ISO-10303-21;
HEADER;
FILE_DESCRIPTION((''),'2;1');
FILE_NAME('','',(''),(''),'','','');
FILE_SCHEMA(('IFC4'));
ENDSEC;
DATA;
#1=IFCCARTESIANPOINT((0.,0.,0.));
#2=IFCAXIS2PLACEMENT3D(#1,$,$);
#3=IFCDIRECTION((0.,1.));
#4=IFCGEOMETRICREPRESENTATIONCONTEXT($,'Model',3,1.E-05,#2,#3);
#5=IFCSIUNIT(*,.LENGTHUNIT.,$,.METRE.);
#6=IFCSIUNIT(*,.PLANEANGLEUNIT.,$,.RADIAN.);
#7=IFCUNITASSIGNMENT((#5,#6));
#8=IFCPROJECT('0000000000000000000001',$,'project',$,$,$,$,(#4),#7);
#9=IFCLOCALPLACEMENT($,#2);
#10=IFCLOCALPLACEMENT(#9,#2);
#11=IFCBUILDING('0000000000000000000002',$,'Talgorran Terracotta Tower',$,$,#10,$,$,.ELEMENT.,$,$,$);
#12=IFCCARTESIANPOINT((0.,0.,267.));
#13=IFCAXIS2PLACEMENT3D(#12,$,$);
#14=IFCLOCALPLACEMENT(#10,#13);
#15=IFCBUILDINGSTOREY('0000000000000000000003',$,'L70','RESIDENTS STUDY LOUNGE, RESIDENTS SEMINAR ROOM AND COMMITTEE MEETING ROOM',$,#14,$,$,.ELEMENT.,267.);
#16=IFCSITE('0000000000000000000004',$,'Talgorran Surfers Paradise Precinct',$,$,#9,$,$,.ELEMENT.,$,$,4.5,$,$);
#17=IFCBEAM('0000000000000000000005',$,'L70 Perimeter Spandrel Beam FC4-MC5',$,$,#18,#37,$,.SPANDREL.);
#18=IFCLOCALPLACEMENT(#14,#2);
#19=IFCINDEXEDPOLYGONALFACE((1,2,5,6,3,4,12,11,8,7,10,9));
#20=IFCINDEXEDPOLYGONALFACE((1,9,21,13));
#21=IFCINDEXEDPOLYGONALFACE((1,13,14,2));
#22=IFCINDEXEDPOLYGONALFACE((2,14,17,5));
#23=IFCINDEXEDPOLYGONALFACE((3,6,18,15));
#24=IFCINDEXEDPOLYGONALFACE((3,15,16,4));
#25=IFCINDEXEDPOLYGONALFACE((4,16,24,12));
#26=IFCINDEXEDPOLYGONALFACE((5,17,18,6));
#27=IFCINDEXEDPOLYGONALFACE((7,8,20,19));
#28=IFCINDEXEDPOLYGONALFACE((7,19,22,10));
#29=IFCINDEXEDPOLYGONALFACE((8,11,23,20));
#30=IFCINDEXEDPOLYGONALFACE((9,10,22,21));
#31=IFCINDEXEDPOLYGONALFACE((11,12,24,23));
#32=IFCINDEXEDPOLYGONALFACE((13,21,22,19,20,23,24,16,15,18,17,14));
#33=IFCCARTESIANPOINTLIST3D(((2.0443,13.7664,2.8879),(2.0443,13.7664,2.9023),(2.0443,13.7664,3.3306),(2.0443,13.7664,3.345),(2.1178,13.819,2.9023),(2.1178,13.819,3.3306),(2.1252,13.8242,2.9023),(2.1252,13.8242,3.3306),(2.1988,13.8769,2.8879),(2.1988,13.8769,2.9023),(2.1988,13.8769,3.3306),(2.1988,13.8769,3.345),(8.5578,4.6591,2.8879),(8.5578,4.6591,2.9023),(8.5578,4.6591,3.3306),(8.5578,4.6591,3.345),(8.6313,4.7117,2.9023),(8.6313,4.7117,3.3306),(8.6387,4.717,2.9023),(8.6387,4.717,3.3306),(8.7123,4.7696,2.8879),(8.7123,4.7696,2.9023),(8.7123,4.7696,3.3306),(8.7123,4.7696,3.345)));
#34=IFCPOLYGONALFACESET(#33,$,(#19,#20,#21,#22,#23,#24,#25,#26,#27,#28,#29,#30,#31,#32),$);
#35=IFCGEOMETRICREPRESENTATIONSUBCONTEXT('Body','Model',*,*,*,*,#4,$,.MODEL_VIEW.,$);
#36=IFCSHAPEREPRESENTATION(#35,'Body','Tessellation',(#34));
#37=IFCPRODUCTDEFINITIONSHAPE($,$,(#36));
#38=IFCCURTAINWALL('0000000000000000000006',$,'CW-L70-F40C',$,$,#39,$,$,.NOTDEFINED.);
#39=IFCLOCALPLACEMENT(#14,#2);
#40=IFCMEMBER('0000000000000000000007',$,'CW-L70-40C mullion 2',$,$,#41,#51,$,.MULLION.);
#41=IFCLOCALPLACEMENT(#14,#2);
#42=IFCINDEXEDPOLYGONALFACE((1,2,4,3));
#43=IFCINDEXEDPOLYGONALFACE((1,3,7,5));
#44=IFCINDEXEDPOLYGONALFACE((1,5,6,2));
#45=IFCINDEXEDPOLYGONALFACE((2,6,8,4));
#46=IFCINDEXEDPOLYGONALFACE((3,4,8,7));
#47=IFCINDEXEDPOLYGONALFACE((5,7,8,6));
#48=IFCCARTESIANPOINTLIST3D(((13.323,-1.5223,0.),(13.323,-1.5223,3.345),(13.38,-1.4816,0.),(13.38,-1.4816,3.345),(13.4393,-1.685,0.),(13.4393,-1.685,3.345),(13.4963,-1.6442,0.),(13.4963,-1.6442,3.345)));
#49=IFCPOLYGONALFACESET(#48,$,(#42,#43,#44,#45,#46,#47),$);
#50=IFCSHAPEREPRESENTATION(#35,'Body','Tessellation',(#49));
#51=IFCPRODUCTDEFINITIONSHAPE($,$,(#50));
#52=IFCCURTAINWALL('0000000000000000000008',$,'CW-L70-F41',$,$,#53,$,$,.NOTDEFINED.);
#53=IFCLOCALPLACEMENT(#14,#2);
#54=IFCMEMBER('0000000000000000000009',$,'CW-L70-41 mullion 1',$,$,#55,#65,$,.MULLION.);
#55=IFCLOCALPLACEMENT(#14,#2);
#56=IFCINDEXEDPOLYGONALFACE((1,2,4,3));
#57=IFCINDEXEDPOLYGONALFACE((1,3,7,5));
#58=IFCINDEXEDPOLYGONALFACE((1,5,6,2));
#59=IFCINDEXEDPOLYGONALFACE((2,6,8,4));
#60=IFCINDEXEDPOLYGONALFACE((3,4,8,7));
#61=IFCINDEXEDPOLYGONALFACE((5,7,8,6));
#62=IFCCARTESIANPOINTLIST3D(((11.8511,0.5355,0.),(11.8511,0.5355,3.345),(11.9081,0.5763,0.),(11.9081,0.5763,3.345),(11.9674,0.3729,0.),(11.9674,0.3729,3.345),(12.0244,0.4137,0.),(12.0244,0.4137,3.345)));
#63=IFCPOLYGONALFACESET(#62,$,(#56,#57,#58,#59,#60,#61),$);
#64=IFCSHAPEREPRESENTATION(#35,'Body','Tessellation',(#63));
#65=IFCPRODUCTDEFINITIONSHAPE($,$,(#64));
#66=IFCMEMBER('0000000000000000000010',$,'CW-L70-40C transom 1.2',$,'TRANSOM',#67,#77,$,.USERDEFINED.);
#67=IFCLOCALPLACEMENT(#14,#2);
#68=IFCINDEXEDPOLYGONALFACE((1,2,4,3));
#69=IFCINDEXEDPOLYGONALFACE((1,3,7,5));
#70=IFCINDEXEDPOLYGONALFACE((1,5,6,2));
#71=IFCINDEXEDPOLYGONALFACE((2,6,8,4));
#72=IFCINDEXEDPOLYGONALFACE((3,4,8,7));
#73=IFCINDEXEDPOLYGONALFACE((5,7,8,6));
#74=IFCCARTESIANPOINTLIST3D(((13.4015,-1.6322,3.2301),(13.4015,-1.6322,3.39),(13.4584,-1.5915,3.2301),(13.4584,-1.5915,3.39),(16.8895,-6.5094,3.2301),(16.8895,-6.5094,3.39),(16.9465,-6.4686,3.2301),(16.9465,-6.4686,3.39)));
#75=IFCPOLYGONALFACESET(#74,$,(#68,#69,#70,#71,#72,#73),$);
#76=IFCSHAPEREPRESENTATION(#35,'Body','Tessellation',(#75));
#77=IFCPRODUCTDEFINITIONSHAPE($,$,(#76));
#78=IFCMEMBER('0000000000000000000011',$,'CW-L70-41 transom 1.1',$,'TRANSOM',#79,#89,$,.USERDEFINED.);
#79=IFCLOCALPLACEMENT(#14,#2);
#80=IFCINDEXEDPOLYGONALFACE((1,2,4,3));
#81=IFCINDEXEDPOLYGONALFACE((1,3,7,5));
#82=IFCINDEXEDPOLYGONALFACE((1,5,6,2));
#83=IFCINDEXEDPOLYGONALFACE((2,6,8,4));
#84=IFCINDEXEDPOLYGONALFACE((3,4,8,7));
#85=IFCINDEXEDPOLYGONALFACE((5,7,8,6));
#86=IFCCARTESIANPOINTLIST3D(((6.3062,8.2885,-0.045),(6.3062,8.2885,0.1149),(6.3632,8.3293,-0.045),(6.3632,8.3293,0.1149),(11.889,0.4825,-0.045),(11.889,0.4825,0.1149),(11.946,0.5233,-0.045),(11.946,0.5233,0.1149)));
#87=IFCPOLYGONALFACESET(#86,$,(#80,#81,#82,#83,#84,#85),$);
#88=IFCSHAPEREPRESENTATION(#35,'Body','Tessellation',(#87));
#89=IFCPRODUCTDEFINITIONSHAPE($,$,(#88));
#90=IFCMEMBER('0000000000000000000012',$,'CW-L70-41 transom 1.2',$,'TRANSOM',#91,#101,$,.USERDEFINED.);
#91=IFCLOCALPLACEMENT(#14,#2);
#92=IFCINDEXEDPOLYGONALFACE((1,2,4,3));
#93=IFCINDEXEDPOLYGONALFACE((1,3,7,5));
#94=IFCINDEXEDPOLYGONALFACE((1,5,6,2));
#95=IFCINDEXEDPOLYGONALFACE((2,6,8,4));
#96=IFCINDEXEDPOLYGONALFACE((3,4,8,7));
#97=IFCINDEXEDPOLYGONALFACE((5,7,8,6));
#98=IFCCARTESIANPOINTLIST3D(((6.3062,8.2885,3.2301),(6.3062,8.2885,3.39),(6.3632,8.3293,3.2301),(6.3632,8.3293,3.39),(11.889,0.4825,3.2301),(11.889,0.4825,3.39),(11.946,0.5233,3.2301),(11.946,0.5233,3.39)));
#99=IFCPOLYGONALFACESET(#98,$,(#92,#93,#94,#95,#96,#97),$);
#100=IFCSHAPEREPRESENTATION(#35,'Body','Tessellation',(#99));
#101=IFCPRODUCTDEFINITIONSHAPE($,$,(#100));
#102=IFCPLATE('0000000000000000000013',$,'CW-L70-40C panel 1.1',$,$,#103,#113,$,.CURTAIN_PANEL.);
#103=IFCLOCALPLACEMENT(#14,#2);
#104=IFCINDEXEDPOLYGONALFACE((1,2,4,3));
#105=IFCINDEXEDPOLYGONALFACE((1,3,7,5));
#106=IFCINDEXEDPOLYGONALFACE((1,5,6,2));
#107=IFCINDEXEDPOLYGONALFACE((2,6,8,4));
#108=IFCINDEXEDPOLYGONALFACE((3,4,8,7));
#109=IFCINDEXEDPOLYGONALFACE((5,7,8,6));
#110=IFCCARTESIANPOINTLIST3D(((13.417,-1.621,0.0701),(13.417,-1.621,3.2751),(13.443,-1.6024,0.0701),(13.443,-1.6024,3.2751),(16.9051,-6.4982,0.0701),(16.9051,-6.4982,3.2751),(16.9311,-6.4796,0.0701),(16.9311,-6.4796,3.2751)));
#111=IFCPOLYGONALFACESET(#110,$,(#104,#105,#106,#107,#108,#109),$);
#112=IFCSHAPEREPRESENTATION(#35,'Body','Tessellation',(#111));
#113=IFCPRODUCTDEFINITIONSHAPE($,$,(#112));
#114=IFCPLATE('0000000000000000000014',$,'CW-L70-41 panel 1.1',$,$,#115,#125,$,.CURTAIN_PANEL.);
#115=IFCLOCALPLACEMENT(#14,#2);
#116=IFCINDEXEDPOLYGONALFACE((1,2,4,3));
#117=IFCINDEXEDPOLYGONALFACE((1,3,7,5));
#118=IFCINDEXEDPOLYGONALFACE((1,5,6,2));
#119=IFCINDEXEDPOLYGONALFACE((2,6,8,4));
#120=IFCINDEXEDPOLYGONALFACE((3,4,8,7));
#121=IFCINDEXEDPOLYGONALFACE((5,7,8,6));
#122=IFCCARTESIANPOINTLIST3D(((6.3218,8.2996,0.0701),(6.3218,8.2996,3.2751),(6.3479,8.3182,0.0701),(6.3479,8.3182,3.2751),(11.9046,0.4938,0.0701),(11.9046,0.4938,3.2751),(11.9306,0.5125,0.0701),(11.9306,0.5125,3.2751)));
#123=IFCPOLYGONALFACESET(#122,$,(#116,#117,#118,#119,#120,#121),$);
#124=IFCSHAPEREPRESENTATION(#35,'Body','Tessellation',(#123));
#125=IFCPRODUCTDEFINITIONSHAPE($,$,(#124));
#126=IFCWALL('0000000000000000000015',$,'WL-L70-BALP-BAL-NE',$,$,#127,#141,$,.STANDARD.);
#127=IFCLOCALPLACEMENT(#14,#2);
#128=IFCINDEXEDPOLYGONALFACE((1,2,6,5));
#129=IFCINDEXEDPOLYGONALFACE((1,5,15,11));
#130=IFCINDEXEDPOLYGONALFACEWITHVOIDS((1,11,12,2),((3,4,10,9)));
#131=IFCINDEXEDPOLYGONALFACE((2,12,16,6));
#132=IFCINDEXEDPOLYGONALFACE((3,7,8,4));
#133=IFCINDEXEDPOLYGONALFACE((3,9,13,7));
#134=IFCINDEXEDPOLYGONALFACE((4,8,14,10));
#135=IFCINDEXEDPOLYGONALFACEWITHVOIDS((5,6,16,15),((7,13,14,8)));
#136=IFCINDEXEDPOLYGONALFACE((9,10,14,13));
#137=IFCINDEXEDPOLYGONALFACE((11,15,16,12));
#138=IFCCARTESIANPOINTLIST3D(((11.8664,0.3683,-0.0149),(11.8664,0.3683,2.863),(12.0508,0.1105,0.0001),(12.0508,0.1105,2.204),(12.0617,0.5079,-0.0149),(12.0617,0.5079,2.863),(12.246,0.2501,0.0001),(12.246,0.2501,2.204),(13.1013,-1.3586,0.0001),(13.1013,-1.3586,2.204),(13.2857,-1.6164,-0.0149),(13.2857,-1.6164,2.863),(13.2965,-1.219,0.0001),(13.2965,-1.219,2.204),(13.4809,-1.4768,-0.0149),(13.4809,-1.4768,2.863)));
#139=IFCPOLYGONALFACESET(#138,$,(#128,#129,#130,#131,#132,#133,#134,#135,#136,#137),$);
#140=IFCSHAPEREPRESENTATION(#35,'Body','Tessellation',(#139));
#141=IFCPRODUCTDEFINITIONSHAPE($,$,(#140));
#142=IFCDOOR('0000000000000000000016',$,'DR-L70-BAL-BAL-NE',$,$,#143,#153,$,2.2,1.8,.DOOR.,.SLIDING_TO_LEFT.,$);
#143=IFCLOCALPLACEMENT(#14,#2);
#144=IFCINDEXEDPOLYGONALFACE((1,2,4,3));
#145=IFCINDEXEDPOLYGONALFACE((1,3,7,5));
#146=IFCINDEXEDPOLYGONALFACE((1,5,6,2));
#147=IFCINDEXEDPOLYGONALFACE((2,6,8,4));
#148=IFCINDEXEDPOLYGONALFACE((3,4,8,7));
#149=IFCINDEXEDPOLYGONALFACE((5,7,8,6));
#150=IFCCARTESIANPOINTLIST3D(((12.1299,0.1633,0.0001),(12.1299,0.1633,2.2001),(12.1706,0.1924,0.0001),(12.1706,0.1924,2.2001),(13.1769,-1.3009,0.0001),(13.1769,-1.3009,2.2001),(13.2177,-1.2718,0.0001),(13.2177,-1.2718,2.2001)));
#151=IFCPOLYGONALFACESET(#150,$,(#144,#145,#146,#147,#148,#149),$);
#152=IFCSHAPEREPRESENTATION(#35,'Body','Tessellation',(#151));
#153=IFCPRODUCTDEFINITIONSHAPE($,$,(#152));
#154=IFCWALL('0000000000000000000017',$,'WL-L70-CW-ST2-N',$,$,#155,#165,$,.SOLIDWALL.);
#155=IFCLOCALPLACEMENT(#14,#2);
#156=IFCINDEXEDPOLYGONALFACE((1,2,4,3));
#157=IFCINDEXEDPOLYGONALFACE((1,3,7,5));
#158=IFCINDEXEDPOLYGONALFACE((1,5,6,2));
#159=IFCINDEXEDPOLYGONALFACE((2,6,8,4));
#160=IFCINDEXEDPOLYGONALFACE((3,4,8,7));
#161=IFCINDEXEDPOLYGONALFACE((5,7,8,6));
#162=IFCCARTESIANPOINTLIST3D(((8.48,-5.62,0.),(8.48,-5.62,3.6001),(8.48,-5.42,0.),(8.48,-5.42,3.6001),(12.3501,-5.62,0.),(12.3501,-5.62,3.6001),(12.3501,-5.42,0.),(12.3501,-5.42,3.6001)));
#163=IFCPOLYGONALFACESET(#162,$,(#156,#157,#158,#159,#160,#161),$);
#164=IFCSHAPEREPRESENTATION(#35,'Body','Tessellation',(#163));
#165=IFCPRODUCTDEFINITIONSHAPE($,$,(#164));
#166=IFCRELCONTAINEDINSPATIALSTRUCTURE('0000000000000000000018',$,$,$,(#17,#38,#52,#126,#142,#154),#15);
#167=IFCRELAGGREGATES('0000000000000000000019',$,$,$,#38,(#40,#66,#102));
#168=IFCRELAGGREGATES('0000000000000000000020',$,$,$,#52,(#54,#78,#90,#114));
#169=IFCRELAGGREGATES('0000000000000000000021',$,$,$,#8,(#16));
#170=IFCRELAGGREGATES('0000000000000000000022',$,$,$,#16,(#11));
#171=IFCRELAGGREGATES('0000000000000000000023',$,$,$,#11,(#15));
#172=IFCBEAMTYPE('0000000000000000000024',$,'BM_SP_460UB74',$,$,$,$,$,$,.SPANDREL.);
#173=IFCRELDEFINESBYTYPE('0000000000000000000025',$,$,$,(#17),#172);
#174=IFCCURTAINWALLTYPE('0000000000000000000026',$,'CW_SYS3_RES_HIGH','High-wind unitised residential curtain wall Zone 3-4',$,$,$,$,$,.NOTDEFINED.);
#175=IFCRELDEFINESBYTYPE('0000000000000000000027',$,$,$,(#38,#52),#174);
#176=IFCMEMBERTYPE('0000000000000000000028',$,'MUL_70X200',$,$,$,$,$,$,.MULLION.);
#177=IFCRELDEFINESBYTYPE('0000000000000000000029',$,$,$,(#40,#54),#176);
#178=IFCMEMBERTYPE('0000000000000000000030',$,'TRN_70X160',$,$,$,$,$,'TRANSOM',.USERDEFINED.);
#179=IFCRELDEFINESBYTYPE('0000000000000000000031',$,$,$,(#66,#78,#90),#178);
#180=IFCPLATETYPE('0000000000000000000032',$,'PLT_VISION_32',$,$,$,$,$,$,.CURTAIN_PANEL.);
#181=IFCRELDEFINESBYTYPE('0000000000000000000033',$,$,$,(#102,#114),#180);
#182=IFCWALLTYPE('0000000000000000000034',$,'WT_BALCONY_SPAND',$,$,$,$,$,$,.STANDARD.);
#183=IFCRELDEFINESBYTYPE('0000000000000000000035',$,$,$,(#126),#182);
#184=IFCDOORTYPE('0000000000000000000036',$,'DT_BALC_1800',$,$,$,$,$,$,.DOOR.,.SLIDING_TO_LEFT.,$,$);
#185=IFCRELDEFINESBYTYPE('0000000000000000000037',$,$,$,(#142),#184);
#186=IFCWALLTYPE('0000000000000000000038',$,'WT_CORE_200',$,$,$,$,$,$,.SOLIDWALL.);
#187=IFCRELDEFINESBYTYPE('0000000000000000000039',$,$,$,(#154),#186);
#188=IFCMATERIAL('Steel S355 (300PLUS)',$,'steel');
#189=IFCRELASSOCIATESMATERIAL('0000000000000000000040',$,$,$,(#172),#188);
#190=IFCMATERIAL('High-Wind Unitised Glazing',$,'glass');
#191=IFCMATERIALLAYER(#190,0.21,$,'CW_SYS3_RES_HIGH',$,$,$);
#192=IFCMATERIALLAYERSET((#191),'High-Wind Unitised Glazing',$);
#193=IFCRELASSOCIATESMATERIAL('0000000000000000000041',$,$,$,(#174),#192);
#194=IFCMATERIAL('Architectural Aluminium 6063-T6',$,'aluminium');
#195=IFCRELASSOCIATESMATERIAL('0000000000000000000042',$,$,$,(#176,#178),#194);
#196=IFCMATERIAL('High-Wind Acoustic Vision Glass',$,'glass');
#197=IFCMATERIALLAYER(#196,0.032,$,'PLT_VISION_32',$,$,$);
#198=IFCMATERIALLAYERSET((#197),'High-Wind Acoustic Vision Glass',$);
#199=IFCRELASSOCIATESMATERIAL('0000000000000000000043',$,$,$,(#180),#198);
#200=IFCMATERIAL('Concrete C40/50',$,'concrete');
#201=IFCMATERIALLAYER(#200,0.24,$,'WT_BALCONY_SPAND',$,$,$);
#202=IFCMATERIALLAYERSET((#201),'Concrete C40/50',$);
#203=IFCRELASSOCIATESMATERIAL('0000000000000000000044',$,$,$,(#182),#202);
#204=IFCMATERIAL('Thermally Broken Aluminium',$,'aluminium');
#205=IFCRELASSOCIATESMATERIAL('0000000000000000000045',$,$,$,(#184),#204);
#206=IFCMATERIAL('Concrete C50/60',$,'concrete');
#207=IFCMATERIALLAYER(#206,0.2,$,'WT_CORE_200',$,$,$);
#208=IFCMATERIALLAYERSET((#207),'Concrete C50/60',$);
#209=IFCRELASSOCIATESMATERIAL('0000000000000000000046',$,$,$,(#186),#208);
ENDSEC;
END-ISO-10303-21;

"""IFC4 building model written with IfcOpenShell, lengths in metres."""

from ifc_helpers import new_model, si_unit, direction, frame, frame_2d, origin, origin_2d, place, context, subcontext, project, spatial, rectangle, i_section, extrude, source, transform, mapped, material, layer, layer_set, material_profile, profile_set, type_object, type_shapes, element, fill, aggregate, save


model = new_model("IFC4")

# Units and contexts
model_context = context("Model", 3, precision=1e-05, world=origin(), true_north=direction((0.0, 1.0)))
body_context = subcontext(model_context, "Body", "Model", "MODEL_VIEW")
ifc_project = project(units=[si_unit("LENGTHUNIT", "METRE"), si_unit("PLANEANGLEUNIT", "RADIAN")], contexts=[model_context])

# Site, building, storey
site_placement = place(None, origin())
site = spatial("IfcSite", under=ifc_project, at=site_placement, Name="Talgorran Surfers Paradise Precinct", CompositionType="ELEMENT", RefElevation=4.5)
building_placement = place(site_placement, origin())
building = spatial("IfcBuilding", under=site, at=building_placement, Name="Talgorran Terracotta Tower", CompositionType="ELEMENT")
storey_placement = place(building_placement, frame((0.0, 0.0, 267.0)))
storey = spatial("IfcBuildingStorey", under=building, at=storey_placement, Name="L70", Description="RESIDENTS STUDY LOUNGE, RESIDENTS SEMINAR ROOM AND COMMITTEE MEETING ROOM", CompositionType="ELEMENT", Elevation=267.0)

# Shared definitions
ifc_material_1 = material(Name="Steel S355 (300PLUS)", Category="steel")

# Beam
ifc_material_profile_1 = material_profile(ifc_material_1, i_section(OverallWidth=0.1899, OverallDepth=0.457, WebThickness=0.009, FlangeThickness=0.0144, at=origin_2d()), Name="460UB74.6")
ifc_profile_set_1 = profile_set([ifc_material_profile_1], Name="Steel S355 (300PLUS)")
beam_type_1 = type_object("IfcBeamType", Name="BM_SP_460UB74", PredefinedType="SPANDREL", material=ifc_profile_set_1)
beam_1_placement = place(storey_placement, frame((8.635, 4.7144, 3.1165), z_axis=(-0.581729, 0.813383, 0.0), x_axis=(-0.813383, -0.581729, 0.0)))
element("IfcBeam", 1, at=beam_1_placement, inside=storey, type_object=beam_type_1, Name="L70 Perimeter Spandrel Beam FC4-MC5", PredefinedType="SPANDREL", context=body_context, shape_type="SweptSolid", body=[
    extrude(i_section(OverallWidth=0.1899, OverallDepth=0.457, WebThickness=0.009, FlangeThickness=0.0144, at=origin_2d()), origin(), (0.0, 0.0, 1.0), 11.1968),
])

# Curtain walls, members
ifc_material_2 = material(Name="High-Wind Unitised Glazing", Category="glass")
ifc_layer_1 = layer(ifc_material_2, 0.21, Name="CW_SYS3_RES_HIGH")
ifc_layer_set_1 = layer_set([ifc_layer_1], Name="High-Wind Unitised Glazing")
curtain_wall_type = type_object("IfcCurtainWallType", Name="CW_SYS3_RES_HIGH", Description="High-wind unitised residential curtain wall Zone 3-4", PredefinedType="NOTDEFINED", material=ifc_layer_set_1)
curtain_wall_1_placement = place(storey_placement, origin())
curtain_wall_1 = element("IfcCurtainWall", 2, at=curtain_wall_1_placement, inside=storey, type_object=curtain_wall_type, Name="CW-L70-F40C", PredefinedType="NOTDEFINED")
ifc_material_3 = material(Name="Architectural Aluminium 6063-T6", Category="aluminium")
ifc_material_profile_2 = material_profile(ifc_material_3, rectangle(XDim=0.0701, YDim=0.2, at=origin_2d()), Name="CWM70X200")
ifc_profile_set_2 = profile_set([ifc_material_profile_2], Name="Architectural Aluminium 6063-T6")
member_type_1 = type_object("IfcMemberType", Name="MUL_70X200", PredefinedType="MULLION", material=ifc_profile_set_2)
member_1_placement = place(storey_placement, frame((13.4097, -1.5833, 0.0), z_axis=(0.0, 0.0, 1.0), x_axis=(-0.813384, -0.581727, 0.0)))
member_1 = element("IfcMember", 3, at=member_1_placement, type_object=member_type_1, Name="CW-L70-40C mullion 2", PredefinedType="MULLION", context=body_context, shape_type="SweptSolid", body=[
    extrude(rectangle(XDim=0.0701, YDim=0.2, at=origin_2d()), origin(), (0.0, 0.0, 1.0), 3.345),
])
curtain_wall_2_placement = place(storey_placement, origin())
curtain_wall_2 = element("IfcCurtainWall", 4, at=curtain_wall_2_placement, inside=storey, type_object=curtain_wall_type, Name="CW-L70-F41", PredefinedType="NOTDEFINED")
member_2_placement = place(storey_placement, frame((11.9377, 0.4746, 0.0), z_axis=(0.0, 0.0, 1.0), x_axis=(-0.813377, -0.581737, 0.0)))
member_2 = element("IfcMember", 5, at=member_2_placement, type_object=member_type_1, Name="CW-L70-41 mullion 1", PredefinedType="MULLION", context=body_context, shape_type="SweptSolid", body=[
    extrude(rectangle(XDim=0.0701, YDim=0.2, at=origin_2d()), origin(), (0.0, 0.0, 1.0), 3.345),
])

# Members
ifc_material_profile_3 = material_profile(ifc_material_3, rectangle(XDim=0.0701, YDim=0.1599, at=origin_2d()), Name="CWT70X160")
ifc_profile_set_3 = profile_set([ifc_material_profile_3], Name="Architectural Aluminium 6063-T6")
member_type_2 = type_object("IfcMemberType", Name="TRN_70X160", ElementType="TRANSOM", PredefinedType="USERDEFINED", material=ifc_profile_set_3)
member_3_placement = place(storey_placement, frame((16.918, -6.489, 3.3101), z_axis=(-0.581716, 0.813392, 0.0), x_axis=(-0.813392, -0.581716, 0.0)))
member_3 = element("IfcMember", 6, at=member_3_placement, type_object=member_type_2, Name="CW-L70-40C transom 1.2", ObjectType="TRANSOM", PredefinedType="USERDEFINED", context=body_context, shape_type="SweptSolid", body=[
    extrude(rectangle(XDim=0.0701, YDim=0.1599, at=origin_2d()), origin(), (0.0, 0.0, 1.0), 5.9961),
])
member_4_placement = place(storey_placement, frame((11.9175, 0.5029, 0.0349), z_axis=(-0.581729, 0.813383, 0.0), x_axis=(-0.813383, -0.581729, 0.0)))
member_4 = element("IfcMember", 7, at=member_4_placement, type_object=member_type_2, Name="CW-L70-41 transom 1.1", ObjectType="TRANSOM", PredefinedType="USERDEFINED", context=body_context, shape_type="SweptSolid", body=[
    extrude(rectangle(XDim=0.0701, YDim=0.1599, at=origin_2d()), origin(), (0.0, 0.0, 1.0), 9.5969),
])
member_5_placement = place(storey_placement, frame((11.9175, 0.5029, 3.3101), z_axis=(-0.581729, 0.813383, 0.0), x_axis=(-0.813383, -0.581729, 0.0)))
member_5 = element("IfcMember", 8, at=member_5_placement, type_object=member_type_2, Name="CW-L70-41 transom 1.2", ObjectType="TRANSOM", PredefinedType="USERDEFINED", context=body_context, shape_type="SweptSolid", body=[
    extrude(rectangle(XDim=0.0701, YDim=0.1599, at=origin_2d()), origin(), (0.0, 0.0, 1.0), 9.5969),
])

# Plates
ifc_material_4 = material(Name="High-Wind Acoustic Vision Glass", Category="glass")
ifc_layer_2 = layer(ifc_material_4, 0.032, Name="PLT_VISION_32")
ifc_layer_set_2 = layer_set([ifc_layer_2], Name="High-Wind Acoustic Vision Glass")
plate_type = type_object("IfcPlateType", Name="PLT_VISION_32", PredefinedType="CURTAIN_PANEL", material=ifc_layer_set_2)
shared_shape_1 = source(origin(), body_context, "Body", "SweptSolid", [
    extrude(rectangle(XDim=5.9961, YDim=0.032, at=origin_2d()), origin(), (0.0, 0.0, 1.0), 3.2051),
])
plate_1_placement = place(storey_placement, frame((15.1741, -4.0503, 0.0701), z_axis=(0.0, 0.0, 1.0), x_axis=(-0.581727, 0.813384, 0.0)))
plate_1 = element("IfcPlate", 9, at=plate_1_placement, type_object=plate_type, Name="CW-L70-40C panel 1.1", PredefinedType="CURTAIN_PANEL", context=body_context, shape_type="MappedRepresentation", body=[
    mapped(shared_shape_1, transform((0.0, 0.0, 0.0), scale=1.0)),
])
aggregate(curtain_wall_1, [member_1, member_3, plate_1])
shared_shape_2 = source(origin(), body_context, "Body", "SweptSolid", [
    extrude(rectangle(XDim=9.5967, YDim=0.032, at=origin_2d()), origin(), (0.0, 0.0, 1.0), 3.2051),
])
type_shapes(plate_type, [shared_shape_1, shared_shape_2])
plate_2_placement = place(storey_placement, frame((9.1262, 4.406, 0.0701), z_axis=(0.0, 0.0, 1.0), x_axis=(-0.581737, 0.813377, 0.0)))
plate_2 = element("IfcPlate", 10, at=plate_2_placement, type_object=plate_type, Name="CW-L70-41 panel 1.1", PredefinedType="CURTAIN_PANEL", context=body_context, shape_type="MappedRepresentation", body=[
    mapped(shared_shape_2, transform((0.0, 0.0, 0.0), scale=1.0)),
])
aggregate(curtain_wall_2, [member_2, member_4, member_5, plate_2])

# Wall, opening, door
ifc_material_5 = material(Name="Concrete C40/50", Category="concrete")
ifc_layer_3 = layer(ifc_material_5, 0.24, Name="WT_BALCONY_SPAND")
ifc_layer_set_3 = layer_set([ifc_layer_3], Name="Concrete C40/50")
wall_type_1 = type_object("IfcWallType", Name="WT_BALCONY_SPAND", PredefinedType="STANDARD", material=ifc_layer_set_3)
wall_1_placement = place(storey_placement, frame((13.3833, -1.5466, -0.0149), z_axis=(0.0, 0.0, 1.0), x_axis=(-0.581674, 0.813422, 0.0)))
wall_1 = element("IfcWall", 11, at=wall_1_placement, inside=storey, type_object=wall_type_1, Name="WL-L70-BALP-BAL-NE", PredefinedType="STANDARD", context=body_context, shape_type="SweptSolid", body=[
    extrude(rectangle(XDim=2.4399, YDim=0.24, at=frame_2d((1.22, 0.0))), origin(), (0.0, 0.0, 1.0), 2.8779),
])
opening_1_placement = place(wall_1_placement, frame((0.3201, 0.0, 0.0149)))
opening_1 = element("IfcOpeningElement", 12, at=opening_1_placement, cuts=wall_1, PredefinedType="OPENING", context=body_context, shape_type="SweptSolid", body=[
    extrude(rectangle(XDim=1.806, YDim=2.204, at=frame_2d((0.8999, 1.1021))), frame((0.0, 0.1299, 0.0), z_axis=(0.0, -1.0, 0.0), x_axis=(1.0, 0.0, 0.0)), (0.0, 0.0, 1.0), 0.26),
])
ifc_material_6 = material(Name="Thermally Broken Aluminium", Category="aluminium")
door_type_1 = type_object("IfcDoorType", Name="DT_BALC_1800", OperationType="SLIDING_TO_LEFT", PredefinedType="DOOR", material=ifc_material_6)
door_1_placement = place(opening_1_placement, origin())
door_1 = element("IfcDoor", 13, at=door_1_placement, inside=storey, type_object=door_type_1, Name="DR-L70-BAL-BAL-NE", OperationType="SLIDING_TO_LEFT", OverallHeight=2.2, OverallWidth=1.8, PredefinedType="DOOR", context=body_context, shape_type="SweptSolid", body=[
    extrude(rectangle(XDim=1.8, YDim=2.2, at=frame_2d((0.8999, 1.1001))), frame((0.0, 0.0249, 0.0), z_axis=(0.0, -1.0, 0.0), x_axis=(1.0, 0.0, 0.0)), (0.0, 0.0, 1.0), 0.05),
])
fill(opening_1, door_1)

# Wall
ifc_material_7 = material(Name="Concrete C50/60", Category="concrete")
ifc_layer_4 = layer(ifc_material_7, 0.2, Name="WT_CORE_200")
ifc_layer_set_4 = layer_set([ifc_layer_4], Name="Concrete C50/60")
wall_type_2 = type_object("IfcWallType", Name="WT_CORE_200", PredefinedType="SOLIDWALL", material=ifc_layer_set_4)
wall_2_placement = place(storey_placement, frame((8.48, -5.52, 0.0), z_axis=(0.0, 0.0, 1.0), x_axis=(1.0, 0.0, 0.0)))
element("IfcWall", 14, at=wall_2_placement, inside=storey, type_object=wall_type_2, Name="WL-L70-CW-ST2-N", PredefinedType="SOLIDWALL", context=body_context, shape_type="SweptSolid", body=[
    extrude(rectangle(XDim=3.8701, YDim=0.2, at=frame_2d((1.9351, 0.0))), origin(), (0.0, 0.0, 1.0), 3.6001),
])

save(model, "model.ifc")
